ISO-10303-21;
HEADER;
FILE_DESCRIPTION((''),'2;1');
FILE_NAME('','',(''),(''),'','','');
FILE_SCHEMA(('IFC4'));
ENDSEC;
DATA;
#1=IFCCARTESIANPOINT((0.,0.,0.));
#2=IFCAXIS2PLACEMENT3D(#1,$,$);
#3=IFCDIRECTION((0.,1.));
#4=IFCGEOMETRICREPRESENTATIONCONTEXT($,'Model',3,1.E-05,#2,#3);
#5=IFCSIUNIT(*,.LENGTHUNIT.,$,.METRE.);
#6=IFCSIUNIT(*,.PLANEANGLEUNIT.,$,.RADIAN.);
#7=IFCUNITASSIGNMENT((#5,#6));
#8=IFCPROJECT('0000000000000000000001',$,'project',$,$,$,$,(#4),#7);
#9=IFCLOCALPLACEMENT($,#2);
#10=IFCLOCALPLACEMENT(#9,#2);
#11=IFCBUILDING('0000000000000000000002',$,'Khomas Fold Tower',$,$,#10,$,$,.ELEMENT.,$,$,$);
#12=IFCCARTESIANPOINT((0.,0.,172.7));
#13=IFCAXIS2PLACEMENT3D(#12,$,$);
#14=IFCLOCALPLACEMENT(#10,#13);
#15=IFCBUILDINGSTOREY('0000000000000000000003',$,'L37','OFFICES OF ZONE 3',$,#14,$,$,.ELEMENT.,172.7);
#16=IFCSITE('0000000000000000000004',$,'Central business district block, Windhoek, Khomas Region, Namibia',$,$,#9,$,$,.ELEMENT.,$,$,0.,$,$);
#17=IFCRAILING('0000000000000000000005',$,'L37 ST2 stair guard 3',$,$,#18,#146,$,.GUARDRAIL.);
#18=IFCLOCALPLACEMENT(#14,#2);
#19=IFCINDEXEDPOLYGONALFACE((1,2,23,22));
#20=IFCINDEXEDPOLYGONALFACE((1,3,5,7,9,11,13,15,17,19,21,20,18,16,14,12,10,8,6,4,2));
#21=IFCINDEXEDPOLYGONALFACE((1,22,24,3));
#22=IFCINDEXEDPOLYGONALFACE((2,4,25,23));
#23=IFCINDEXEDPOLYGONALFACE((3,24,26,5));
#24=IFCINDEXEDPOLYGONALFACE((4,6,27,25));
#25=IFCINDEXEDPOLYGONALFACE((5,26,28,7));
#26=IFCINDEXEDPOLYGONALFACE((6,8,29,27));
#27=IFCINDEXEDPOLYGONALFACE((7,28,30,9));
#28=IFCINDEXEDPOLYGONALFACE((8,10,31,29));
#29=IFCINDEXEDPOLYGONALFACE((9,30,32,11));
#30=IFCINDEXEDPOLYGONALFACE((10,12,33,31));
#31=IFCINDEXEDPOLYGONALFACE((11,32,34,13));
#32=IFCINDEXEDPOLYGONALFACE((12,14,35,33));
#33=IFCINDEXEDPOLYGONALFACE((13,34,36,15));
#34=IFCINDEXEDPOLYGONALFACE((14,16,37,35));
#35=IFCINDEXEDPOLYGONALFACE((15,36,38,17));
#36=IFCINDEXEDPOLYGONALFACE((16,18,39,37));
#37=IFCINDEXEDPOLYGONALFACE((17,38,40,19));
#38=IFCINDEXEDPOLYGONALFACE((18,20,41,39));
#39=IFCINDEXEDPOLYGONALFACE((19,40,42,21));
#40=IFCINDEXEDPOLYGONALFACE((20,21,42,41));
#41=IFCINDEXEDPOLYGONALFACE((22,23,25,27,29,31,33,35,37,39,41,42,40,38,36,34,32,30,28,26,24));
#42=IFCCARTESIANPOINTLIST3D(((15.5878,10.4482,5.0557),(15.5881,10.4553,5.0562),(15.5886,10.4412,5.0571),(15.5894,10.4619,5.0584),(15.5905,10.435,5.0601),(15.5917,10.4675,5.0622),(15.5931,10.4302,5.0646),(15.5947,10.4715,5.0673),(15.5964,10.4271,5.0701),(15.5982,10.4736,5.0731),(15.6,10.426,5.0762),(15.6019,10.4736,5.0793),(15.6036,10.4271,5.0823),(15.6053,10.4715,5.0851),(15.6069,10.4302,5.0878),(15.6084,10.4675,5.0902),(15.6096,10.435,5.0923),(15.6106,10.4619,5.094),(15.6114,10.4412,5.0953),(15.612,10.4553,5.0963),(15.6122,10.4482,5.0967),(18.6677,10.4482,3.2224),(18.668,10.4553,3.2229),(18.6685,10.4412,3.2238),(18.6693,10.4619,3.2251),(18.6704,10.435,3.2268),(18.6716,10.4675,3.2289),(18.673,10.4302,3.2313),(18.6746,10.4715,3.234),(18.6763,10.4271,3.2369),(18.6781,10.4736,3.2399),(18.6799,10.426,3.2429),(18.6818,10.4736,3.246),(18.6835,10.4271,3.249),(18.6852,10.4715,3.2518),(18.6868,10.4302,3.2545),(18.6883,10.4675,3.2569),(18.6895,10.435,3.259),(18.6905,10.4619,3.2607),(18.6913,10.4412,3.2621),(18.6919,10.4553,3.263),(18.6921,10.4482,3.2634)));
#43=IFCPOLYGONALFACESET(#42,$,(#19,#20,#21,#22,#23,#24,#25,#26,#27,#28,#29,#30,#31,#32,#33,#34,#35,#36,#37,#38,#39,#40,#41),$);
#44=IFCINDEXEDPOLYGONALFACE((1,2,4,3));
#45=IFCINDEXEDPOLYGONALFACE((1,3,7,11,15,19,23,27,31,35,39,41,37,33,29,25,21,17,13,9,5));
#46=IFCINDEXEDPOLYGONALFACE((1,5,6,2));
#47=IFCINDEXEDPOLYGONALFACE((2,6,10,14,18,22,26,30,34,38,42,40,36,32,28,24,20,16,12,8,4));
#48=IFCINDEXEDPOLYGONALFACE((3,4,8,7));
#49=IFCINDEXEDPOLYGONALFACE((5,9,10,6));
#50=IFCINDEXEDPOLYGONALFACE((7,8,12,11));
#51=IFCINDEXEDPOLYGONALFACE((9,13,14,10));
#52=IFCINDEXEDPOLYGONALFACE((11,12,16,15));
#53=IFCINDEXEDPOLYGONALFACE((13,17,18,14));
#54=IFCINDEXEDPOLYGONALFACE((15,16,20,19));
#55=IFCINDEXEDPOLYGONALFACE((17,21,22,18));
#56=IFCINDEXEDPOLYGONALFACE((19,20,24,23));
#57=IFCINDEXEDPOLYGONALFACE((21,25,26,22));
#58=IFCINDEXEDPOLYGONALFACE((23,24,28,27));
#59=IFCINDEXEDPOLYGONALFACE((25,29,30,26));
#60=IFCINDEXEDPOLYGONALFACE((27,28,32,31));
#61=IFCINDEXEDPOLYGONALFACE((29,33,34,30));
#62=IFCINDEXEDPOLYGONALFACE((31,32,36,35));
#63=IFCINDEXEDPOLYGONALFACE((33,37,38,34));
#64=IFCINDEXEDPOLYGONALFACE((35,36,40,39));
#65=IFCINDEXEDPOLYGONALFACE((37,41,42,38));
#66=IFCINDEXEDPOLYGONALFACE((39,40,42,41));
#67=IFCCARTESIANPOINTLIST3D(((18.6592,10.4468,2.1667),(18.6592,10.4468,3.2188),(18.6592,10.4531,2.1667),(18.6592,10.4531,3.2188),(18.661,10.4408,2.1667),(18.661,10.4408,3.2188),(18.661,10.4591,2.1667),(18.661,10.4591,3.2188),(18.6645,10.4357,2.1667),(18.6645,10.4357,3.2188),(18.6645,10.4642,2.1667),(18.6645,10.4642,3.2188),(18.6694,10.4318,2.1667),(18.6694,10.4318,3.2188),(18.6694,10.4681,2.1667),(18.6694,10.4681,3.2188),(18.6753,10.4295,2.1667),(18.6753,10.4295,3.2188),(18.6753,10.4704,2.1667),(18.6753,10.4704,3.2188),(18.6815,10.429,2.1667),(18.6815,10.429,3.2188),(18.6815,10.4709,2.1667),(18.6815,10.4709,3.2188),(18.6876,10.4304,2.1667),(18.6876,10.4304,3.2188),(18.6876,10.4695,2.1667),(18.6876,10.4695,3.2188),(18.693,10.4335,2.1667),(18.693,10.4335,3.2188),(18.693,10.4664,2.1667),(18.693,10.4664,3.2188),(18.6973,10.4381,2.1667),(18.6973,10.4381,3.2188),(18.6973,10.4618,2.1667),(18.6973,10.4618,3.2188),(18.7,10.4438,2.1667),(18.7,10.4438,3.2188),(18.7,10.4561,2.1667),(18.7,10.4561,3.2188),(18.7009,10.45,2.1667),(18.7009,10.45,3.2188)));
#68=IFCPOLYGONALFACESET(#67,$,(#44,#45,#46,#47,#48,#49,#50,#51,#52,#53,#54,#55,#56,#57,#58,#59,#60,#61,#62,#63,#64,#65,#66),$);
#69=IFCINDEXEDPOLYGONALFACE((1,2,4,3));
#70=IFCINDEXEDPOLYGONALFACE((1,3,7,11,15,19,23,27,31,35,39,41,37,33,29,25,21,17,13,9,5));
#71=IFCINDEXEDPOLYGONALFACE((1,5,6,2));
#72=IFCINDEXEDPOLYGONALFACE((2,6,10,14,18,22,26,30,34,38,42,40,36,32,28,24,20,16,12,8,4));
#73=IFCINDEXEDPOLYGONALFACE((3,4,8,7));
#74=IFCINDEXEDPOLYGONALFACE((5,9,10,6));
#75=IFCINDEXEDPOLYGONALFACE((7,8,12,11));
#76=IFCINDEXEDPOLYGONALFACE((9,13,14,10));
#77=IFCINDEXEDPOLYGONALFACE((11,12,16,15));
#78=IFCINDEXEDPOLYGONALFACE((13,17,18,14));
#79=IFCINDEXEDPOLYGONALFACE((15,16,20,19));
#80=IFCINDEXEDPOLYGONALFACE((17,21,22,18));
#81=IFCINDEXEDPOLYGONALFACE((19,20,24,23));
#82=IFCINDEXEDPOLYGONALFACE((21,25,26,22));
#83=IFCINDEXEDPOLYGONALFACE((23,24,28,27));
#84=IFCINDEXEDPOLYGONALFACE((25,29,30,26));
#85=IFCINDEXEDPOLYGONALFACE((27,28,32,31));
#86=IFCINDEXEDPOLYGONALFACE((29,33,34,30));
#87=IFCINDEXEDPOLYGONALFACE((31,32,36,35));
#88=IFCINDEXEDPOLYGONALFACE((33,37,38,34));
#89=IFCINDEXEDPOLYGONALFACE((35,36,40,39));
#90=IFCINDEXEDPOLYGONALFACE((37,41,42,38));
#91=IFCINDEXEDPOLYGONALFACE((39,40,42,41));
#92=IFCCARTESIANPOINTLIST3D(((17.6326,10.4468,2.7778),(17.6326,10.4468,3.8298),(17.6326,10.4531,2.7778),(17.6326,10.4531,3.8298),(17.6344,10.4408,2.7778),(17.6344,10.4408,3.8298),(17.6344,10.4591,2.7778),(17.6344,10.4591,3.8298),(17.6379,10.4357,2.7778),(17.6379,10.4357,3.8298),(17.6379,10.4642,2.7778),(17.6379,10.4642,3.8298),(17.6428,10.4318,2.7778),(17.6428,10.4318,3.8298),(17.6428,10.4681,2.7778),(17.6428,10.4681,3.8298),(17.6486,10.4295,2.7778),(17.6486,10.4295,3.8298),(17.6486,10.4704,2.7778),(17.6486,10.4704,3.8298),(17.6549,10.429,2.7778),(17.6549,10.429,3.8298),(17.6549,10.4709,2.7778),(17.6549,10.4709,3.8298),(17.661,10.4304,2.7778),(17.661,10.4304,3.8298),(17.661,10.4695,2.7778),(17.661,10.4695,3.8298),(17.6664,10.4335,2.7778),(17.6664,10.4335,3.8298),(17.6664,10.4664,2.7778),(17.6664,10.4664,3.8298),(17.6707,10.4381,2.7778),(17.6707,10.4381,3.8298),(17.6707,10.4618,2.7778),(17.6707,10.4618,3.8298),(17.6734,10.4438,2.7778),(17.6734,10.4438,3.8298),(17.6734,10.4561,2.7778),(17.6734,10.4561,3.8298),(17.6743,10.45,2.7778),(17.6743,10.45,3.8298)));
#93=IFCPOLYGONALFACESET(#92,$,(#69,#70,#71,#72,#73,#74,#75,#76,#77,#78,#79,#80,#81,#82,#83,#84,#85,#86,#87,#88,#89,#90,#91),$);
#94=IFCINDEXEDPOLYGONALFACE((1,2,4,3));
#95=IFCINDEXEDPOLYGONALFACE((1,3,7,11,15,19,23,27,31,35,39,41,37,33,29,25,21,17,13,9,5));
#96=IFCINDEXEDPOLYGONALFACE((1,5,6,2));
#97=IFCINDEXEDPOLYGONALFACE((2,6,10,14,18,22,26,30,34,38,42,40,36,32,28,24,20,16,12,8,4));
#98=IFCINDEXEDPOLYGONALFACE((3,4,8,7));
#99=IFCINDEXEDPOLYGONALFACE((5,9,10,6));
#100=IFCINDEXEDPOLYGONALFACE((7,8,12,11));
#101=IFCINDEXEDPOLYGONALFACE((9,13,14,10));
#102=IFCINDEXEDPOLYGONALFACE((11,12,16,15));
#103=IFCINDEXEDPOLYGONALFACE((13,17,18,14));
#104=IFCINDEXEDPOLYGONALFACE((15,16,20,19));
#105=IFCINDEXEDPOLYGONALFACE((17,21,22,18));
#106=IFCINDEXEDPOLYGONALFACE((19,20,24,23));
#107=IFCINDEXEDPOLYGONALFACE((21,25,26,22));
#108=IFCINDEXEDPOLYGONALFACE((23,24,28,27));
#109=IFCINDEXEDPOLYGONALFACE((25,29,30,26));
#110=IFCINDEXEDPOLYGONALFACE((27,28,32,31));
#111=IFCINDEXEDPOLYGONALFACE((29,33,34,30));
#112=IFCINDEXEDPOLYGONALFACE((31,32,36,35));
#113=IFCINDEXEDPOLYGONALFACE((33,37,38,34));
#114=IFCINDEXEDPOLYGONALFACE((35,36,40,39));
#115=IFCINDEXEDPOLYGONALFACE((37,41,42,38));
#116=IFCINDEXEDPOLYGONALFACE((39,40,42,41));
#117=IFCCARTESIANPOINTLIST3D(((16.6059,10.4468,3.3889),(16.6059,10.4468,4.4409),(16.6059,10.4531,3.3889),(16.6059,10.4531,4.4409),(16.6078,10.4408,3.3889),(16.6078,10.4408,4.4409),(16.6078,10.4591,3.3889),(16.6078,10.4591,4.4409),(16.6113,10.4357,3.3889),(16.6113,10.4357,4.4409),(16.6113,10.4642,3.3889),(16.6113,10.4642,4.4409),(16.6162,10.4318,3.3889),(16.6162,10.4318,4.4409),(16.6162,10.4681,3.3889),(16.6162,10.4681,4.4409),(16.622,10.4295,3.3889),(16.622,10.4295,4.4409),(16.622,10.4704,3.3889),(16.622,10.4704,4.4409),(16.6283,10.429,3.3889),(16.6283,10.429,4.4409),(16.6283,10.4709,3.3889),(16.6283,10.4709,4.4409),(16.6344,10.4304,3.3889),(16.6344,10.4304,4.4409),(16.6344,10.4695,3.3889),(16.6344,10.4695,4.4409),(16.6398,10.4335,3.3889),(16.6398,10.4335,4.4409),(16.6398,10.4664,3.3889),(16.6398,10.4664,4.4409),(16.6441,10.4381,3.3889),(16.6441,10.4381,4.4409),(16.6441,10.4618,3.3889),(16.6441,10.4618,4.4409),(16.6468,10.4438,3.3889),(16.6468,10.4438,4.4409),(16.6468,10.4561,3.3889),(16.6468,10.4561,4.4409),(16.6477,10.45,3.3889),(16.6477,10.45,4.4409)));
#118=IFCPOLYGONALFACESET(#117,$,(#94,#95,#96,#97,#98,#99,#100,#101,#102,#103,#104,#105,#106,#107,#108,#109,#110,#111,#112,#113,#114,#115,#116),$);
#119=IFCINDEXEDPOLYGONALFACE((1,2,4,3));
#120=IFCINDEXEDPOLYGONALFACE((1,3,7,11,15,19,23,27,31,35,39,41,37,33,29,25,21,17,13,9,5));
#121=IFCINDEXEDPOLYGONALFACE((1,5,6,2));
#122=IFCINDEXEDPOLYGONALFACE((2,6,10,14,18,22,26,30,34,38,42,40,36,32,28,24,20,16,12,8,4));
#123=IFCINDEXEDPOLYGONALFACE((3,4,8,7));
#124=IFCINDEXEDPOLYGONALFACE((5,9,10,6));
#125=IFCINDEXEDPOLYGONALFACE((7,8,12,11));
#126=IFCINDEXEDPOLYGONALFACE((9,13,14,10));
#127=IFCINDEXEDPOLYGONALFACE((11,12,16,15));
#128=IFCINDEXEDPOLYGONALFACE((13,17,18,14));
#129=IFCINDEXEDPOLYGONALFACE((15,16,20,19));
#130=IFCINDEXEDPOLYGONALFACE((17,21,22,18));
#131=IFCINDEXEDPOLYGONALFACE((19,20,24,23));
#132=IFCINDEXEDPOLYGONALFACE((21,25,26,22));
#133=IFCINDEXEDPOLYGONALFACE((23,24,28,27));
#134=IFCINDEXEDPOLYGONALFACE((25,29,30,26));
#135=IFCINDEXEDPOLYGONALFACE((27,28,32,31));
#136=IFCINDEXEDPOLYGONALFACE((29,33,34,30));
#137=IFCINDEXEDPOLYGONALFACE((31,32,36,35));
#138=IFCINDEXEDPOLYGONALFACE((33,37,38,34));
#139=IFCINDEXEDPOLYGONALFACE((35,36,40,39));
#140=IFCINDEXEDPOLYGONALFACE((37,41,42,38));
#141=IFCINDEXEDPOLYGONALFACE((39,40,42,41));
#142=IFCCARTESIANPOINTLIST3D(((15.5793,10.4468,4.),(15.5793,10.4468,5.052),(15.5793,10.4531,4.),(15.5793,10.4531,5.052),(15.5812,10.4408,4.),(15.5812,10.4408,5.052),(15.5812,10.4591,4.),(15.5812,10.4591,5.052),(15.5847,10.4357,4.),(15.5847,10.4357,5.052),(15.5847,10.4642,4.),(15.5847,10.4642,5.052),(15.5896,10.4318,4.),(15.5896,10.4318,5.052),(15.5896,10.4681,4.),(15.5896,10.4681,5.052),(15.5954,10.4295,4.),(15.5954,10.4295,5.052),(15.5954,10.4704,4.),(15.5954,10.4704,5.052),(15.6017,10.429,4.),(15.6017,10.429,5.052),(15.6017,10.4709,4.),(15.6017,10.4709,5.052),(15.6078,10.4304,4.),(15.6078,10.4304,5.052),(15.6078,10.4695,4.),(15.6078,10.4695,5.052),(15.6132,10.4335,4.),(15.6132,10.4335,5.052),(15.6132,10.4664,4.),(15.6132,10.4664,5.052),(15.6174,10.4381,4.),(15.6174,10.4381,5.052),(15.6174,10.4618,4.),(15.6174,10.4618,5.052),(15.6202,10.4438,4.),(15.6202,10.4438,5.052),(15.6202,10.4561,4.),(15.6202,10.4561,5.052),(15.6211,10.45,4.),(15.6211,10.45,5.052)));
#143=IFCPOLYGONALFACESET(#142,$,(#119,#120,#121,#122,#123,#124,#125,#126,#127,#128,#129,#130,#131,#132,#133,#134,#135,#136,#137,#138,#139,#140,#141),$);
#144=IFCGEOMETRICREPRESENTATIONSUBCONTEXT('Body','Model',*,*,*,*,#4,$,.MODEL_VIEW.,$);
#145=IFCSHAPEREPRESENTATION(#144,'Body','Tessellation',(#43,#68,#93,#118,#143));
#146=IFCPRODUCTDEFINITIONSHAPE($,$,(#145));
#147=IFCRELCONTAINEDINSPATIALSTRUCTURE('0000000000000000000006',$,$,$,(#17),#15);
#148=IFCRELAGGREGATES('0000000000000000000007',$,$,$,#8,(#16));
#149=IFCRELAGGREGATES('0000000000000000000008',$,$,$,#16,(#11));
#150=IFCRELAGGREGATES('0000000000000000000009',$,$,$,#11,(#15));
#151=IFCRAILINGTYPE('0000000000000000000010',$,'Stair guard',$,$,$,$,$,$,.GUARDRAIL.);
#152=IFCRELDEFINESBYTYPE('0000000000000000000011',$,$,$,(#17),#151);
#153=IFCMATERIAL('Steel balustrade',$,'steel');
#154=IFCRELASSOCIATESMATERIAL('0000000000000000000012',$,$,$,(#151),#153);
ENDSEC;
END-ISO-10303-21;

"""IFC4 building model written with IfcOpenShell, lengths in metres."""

from ifc_helpers import new_model, si_unit, direction, frame, origin, origin_2d, place, context, subcontext, project, spatial, circle, extrude, source, transform, mapped, material, type_object, element, save


model = new_model("IFC4")

# Units and contexts
model_context = context("Model", 3, precision=1e-05, world=origin(), true_north=direction((0.0, 1.0)))
body_context = subcontext(model_context, "Body", "Model", "MODEL_VIEW")
ifc_project = project(units=[si_unit("LENGTHUNIT", "METRE"), si_unit("PLANEANGLEUNIT", "RADIAN")], contexts=[model_context])

# Site, building, storey
site_placement = place(None, origin())
site = spatial("IfcSite", under=ifc_project, at=site_placement, Name="Central business district block, Windhoek, Khomas Region, Namibia", CompositionType="ELEMENT", RefElevation=0.0)
building_placement = place(site_placement, origin())
building = spatial("IfcBuilding", under=site, at=building_placement, Name="Khomas Fold Tower", CompositionType="ELEMENT")
storey_placement = place(building_placement, frame((0.0, 0.0, 172.7)))
storey = spatial("IfcBuildingStorey", under=building, at=storey_placement, Name="L37", Description="OFFICES OF ZONE 3", CompositionType="ELEMENT", Elevation=172.7)

# Railing
ifc_material_1 = material(Name="Steel balustrade", Category="steel")
railing_type_1 = type_object("IfcRailingType", Name="Stair guard", PredefinedType="GUARDRAIL", material=ifc_material_1)
shared_shape_1 = source(origin(), body_context, "Body", "SweptSolid", [
    extrude(circle(Radius=0.0239, at=origin_2d()), frame((0.0, 0.0, 1.0762), z_axis=(-0.859291, 0.0, 0.511487), x_axis=(0.0, -1.0, 0.0)), (0.0, 0.0, 1.0), 3.5842),
    extrude(circle(Radius=0.021, at=origin_2d()), origin(), (0.0, 0.0, 1.0), 1.052),
    extrude(circle(Radius=0.021, at=origin_2d()), frame((-1.0266, 0.0, 0.6111)), (0.0, 0.0, 1.0), 1.052),
    extrude(circle(Radius=0.021, at=origin_2d()), frame((-2.0532, 0.0, 1.2222)), (0.0, 0.0, 1.0), 1.052),
    extrude(circle(Radius=0.021, at=origin_2d()), frame((-3.0798, 0.0, 1.8333)), (0.0, 0.0, 1.0), 1.052),
])
railing_1_placement = place(storey_placement, frame((18.6799, 10.45, 2.1667)))
element("IfcRailing", 1, at=railing_1_placement, inside=storey, type_object=railing_type_1, Name="L37 ST2 stair guard 3", PredefinedType="GUARDRAIL", context=body_context, shape_type="MappedRepresentation", body=[
    mapped(shared_shape_1, transform((0.0, 0.0, 0.0))),
])

save(model, "model.ifc")
